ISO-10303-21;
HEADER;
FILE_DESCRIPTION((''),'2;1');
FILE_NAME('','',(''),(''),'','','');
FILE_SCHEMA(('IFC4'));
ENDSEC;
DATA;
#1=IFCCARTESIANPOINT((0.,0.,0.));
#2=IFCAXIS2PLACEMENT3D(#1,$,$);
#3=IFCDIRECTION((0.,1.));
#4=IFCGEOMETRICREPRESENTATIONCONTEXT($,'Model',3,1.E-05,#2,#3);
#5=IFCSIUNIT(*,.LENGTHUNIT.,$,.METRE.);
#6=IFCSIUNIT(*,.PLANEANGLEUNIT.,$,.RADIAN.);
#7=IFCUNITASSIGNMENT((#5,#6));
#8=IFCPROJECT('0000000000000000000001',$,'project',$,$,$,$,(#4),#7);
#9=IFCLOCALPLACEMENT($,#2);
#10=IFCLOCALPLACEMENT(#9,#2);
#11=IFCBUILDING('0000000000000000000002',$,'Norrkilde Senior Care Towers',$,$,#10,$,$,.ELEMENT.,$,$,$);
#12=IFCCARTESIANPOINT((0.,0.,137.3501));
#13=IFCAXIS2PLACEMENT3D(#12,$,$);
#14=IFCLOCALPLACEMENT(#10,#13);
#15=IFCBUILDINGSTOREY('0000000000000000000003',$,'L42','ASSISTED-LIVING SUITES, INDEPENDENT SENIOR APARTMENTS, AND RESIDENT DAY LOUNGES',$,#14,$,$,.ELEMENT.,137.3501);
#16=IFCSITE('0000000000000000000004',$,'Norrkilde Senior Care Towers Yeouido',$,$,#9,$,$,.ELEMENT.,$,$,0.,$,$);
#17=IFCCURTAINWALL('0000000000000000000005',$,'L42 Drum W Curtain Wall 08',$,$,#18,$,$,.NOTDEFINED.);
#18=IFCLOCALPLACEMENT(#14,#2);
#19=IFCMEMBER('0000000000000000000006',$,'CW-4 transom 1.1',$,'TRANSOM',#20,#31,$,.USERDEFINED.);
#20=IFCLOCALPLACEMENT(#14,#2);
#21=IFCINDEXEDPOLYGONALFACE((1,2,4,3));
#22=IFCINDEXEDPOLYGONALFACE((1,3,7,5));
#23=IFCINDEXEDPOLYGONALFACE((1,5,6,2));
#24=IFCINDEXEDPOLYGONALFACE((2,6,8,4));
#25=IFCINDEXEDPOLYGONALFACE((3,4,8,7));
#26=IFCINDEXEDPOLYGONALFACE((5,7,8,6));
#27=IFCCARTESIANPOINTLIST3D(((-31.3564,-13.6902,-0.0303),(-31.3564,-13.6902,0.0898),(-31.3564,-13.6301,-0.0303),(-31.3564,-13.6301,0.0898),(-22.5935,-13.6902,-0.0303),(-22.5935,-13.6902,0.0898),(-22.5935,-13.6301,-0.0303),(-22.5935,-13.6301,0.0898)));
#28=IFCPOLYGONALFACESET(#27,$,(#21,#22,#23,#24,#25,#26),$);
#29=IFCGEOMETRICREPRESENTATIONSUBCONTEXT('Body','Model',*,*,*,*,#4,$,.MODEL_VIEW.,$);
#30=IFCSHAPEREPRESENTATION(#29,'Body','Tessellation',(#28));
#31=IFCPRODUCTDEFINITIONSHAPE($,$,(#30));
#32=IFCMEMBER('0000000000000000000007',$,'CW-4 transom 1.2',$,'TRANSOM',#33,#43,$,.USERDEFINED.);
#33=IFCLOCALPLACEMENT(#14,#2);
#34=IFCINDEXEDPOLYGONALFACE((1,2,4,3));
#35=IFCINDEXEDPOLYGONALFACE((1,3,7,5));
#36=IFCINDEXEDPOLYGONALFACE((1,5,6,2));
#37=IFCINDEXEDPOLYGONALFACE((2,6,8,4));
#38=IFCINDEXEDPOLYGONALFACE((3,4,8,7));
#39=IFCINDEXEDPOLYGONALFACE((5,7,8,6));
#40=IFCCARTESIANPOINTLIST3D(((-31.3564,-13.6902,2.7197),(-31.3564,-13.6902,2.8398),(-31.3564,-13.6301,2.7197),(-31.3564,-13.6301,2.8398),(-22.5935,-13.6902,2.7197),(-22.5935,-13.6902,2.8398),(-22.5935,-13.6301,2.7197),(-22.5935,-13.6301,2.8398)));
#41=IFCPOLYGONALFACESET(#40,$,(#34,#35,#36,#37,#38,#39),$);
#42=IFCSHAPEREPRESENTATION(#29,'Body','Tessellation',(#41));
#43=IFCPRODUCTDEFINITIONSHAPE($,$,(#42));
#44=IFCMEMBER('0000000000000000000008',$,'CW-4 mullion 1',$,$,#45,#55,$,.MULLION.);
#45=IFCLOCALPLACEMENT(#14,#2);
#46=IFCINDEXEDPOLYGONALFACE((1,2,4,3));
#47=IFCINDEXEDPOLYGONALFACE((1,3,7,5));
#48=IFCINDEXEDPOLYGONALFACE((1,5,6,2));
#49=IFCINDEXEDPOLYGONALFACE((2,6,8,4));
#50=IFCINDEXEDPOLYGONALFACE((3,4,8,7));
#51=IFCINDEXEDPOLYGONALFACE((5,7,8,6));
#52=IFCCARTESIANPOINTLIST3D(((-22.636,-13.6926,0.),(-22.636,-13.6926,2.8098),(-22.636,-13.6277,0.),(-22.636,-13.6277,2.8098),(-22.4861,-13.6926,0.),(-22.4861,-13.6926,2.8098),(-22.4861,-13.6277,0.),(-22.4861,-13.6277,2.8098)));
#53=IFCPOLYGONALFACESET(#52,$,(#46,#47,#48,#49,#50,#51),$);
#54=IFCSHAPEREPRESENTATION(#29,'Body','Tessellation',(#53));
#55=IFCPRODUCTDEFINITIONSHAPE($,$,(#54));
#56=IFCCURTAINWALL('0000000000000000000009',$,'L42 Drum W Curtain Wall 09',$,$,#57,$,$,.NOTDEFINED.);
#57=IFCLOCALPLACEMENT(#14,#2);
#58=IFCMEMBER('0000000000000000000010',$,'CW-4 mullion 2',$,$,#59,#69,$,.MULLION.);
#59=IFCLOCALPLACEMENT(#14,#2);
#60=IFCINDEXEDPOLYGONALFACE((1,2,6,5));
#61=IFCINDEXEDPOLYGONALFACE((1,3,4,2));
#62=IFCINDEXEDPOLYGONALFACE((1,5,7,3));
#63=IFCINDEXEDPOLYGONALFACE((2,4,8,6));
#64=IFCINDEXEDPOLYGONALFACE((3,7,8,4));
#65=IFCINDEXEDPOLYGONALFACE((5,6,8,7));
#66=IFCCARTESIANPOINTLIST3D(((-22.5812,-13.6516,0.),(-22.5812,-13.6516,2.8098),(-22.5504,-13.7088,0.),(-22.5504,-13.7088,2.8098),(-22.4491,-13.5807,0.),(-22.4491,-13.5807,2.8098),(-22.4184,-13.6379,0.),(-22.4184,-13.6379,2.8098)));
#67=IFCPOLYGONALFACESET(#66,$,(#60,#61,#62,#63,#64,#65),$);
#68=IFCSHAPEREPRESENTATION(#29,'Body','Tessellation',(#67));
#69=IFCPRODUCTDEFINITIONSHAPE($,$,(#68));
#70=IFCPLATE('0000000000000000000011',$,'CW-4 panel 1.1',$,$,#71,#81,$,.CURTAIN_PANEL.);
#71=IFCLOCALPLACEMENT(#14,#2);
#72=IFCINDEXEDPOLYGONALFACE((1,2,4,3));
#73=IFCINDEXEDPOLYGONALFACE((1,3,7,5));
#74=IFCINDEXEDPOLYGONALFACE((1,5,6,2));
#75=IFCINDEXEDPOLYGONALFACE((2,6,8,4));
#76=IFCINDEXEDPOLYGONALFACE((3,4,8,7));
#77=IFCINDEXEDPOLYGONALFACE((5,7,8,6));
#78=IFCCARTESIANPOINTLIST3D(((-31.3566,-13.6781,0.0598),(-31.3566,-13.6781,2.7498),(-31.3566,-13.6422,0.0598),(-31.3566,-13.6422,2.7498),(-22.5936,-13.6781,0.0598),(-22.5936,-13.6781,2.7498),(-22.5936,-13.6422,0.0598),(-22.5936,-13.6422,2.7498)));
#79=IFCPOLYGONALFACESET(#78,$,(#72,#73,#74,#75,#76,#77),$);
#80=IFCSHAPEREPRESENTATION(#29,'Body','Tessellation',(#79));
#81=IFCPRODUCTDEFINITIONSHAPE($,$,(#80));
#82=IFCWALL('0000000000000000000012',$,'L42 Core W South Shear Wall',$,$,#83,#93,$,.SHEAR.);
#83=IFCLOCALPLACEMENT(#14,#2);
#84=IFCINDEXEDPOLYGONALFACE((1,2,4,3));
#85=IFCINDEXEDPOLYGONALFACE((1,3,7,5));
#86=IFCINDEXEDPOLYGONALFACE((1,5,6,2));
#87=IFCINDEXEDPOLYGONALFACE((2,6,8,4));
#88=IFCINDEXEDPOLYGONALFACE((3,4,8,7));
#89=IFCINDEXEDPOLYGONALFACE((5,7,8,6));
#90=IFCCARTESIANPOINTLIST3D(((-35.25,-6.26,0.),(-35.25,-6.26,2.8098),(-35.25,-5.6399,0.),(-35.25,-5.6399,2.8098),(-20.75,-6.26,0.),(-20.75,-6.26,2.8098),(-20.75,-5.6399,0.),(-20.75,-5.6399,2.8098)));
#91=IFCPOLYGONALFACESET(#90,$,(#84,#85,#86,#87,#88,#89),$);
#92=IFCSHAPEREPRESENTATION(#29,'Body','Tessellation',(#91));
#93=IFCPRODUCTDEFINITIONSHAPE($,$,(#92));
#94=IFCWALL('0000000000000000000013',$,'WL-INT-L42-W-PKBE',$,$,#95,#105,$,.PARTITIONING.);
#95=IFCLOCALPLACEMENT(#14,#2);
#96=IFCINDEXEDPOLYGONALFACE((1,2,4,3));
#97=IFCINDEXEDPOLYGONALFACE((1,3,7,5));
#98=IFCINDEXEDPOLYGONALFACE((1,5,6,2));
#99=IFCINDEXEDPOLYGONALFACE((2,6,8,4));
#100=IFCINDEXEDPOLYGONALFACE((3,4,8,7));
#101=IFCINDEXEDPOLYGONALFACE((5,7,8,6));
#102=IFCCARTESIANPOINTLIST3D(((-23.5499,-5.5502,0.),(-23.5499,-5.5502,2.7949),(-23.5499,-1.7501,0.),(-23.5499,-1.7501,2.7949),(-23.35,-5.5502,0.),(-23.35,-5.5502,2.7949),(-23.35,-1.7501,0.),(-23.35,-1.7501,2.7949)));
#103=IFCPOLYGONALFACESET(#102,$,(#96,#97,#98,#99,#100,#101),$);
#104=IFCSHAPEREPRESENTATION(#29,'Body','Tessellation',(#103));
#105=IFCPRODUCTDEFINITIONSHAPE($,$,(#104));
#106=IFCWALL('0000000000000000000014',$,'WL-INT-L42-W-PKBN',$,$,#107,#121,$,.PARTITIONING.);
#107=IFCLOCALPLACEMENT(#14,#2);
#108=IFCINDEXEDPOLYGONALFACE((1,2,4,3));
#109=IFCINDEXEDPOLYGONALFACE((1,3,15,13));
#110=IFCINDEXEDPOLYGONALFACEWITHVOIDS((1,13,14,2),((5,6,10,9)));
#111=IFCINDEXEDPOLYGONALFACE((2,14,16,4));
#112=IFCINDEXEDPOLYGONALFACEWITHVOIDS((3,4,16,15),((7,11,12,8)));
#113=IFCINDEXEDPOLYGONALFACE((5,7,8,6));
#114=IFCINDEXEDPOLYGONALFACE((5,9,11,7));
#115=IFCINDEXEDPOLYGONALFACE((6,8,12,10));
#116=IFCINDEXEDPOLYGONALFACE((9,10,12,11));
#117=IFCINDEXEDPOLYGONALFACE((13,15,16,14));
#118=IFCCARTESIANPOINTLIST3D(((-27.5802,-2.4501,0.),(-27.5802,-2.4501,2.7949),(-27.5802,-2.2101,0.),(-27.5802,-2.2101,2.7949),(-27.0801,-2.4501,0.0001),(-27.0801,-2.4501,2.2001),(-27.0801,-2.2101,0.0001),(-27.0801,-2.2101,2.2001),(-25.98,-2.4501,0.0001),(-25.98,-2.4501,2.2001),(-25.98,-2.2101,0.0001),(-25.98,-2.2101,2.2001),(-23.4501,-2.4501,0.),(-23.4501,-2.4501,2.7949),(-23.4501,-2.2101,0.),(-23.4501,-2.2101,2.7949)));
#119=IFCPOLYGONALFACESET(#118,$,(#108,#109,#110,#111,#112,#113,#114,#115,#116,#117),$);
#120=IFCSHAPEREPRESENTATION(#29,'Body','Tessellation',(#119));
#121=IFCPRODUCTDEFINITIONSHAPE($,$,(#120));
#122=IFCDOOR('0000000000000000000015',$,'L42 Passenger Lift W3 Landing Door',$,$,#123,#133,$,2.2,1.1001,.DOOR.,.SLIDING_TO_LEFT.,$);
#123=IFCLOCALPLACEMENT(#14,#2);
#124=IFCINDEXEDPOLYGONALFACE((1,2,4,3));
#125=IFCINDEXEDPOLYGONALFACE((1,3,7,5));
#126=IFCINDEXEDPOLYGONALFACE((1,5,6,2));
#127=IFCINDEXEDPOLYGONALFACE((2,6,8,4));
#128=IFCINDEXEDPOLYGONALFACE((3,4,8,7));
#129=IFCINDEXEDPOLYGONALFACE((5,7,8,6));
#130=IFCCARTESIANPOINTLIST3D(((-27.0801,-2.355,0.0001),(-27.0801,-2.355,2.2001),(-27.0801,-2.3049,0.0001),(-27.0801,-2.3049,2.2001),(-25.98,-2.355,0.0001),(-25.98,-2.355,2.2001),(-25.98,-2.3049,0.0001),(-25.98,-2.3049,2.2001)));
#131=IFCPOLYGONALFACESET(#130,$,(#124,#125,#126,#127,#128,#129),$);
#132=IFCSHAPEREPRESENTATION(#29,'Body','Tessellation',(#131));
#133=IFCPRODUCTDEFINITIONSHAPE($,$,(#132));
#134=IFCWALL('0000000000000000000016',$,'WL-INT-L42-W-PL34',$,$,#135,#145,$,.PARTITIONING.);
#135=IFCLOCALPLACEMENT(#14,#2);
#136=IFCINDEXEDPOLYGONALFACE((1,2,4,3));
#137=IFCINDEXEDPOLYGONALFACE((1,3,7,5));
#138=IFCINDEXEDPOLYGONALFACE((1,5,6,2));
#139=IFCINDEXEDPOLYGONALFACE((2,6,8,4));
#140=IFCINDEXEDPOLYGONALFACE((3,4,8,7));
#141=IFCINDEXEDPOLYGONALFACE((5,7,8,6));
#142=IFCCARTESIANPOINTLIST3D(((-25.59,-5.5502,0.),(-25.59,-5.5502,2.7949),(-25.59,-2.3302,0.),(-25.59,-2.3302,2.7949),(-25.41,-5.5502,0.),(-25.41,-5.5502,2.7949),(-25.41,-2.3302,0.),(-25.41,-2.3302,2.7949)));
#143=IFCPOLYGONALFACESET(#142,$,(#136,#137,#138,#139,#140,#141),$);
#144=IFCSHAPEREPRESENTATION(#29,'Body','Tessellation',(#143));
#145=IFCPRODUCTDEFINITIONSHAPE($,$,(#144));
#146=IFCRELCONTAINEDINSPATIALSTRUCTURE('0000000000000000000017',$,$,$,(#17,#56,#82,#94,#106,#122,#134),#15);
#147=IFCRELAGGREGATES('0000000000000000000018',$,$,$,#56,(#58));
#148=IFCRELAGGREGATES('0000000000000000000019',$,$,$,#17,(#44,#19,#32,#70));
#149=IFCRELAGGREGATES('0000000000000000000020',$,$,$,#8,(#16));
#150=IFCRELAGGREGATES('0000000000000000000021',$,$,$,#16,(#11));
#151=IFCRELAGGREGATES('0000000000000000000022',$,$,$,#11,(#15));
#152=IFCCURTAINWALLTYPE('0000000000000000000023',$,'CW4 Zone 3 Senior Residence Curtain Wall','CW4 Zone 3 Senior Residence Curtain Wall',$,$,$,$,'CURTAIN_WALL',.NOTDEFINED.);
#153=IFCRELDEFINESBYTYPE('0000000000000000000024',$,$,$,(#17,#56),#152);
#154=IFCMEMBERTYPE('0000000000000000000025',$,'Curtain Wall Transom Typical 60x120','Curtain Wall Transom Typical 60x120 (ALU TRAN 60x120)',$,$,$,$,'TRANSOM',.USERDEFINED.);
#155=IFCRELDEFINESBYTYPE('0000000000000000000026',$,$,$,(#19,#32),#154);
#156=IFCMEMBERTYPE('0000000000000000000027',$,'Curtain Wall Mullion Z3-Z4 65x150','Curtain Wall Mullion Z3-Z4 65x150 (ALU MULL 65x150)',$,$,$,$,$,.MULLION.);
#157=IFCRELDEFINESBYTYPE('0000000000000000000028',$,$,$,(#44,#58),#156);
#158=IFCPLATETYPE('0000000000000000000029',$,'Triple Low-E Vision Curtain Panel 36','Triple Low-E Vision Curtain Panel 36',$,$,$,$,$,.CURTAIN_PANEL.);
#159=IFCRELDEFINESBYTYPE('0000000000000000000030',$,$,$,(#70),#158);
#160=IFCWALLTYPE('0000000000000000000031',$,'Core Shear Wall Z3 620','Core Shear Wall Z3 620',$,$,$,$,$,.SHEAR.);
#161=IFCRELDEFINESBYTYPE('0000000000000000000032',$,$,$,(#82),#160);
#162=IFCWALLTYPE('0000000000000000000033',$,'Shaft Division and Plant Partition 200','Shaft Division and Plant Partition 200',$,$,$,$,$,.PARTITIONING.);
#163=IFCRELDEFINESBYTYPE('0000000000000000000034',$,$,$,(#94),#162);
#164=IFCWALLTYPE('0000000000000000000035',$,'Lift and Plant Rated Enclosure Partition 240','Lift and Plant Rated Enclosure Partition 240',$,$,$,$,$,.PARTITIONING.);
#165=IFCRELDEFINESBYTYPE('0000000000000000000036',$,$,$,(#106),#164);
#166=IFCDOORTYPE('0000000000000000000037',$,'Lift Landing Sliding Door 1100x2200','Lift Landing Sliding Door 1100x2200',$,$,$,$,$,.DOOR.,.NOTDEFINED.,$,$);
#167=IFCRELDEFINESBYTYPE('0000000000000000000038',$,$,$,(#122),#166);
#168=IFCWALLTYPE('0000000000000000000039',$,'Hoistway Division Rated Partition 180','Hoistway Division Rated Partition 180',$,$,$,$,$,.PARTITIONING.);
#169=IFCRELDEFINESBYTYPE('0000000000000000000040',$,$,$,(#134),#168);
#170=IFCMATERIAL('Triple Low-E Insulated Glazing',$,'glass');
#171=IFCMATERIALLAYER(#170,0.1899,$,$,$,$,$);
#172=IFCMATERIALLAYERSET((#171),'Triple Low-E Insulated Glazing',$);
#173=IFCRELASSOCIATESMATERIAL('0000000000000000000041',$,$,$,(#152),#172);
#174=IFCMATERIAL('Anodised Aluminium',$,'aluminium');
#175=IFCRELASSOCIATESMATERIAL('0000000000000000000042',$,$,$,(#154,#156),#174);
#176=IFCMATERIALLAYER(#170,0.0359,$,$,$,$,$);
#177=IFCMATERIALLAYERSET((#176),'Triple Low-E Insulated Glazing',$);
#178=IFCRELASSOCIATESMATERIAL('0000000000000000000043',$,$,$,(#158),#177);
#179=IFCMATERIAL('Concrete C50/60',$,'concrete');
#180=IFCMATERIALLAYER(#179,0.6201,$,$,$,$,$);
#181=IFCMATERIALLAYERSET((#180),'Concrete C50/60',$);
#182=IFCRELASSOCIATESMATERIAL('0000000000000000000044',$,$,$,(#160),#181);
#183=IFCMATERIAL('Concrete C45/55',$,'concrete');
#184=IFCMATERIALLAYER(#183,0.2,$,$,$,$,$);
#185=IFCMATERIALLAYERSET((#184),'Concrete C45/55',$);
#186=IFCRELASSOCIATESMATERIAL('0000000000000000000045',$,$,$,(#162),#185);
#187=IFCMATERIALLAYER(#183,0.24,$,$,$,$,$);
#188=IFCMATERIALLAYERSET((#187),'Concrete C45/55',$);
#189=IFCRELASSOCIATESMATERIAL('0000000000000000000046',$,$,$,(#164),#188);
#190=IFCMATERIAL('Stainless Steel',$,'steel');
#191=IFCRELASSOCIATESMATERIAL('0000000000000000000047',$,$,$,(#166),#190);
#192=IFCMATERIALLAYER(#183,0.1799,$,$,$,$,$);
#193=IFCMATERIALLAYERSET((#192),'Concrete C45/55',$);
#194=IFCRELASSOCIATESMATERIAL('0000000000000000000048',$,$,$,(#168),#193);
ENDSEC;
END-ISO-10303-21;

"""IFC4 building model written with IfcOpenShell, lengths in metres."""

from ifc_helpers import new_model, si_unit, direction, frame, frame_2d, origin, origin_2d, place, context, subcontext, project, spatial, rectangle, extrude, source, transform, mapped, material, layer, layer_set, material_profile, profile_set, type_object, type_shapes, element, fill, aggregate, save


model = new_model("IFC4")

# Units and contexts
model_context = context("Model", 3, precision=1e-05, world=origin(), true_north=direction((0.0, 1.0)))
body_context = subcontext(model_context, "Body", "Model", "MODEL_VIEW")
ifc_project = project(units=[si_unit("LENGTHUNIT", "METRE"), si_unit("PLANEANGLEUNIT", "RADIAN")], contexts=[model_context])

# Site, building, storey
site_placement = place(None, origin())
site = spatial("IfcSite", under=ifc_project, at=site_placement, Name="Norrkilde Senior Care Towers Yeouido", CompositionType="ELEMENT", RefElevation=0.0)
building_placement = place(site_placement, origin())
building = spatial("IfcBuilding", under=site, at=building_placement, Name="Norrkilde Senior Care Towers", CompositionType="ELEMENT")
storey_placement = place(building_placement, frame((0.0, 0.0, 137.3501)))
storey = spatial("IfcBuildingStorey", under=building, at=storey_placement, Name="L42", Description="ASSISTED-LIVING SUITES, INDEPENDENT SENIOR APARTMENTS, AND RESIDENT DAY LOUNGES", CompositionType="ELEMENT", Elevation=137.3501)

# Shared definitions
ifc_material_1 = material(Name="Concrete C50/60", Category="concrete")

# Curtain wall, members
ifc_material_2 = material(Name="Triple Low-E Insulated Glazing", Category="glass")
ifc_layer_1 = layer(ifc_material_2, 0.1899)
ifc_layer_set_1 = layer_set([ifc_layer_1], Name="Triple Low-E Insulated Glazing")
curtain_wall_type = type_object("IfcCurtainWallType", Name="CW4 Zone 3 Senior Residence Curtain Wall", Description="CW4 Zone 3 Senior Residence Curtain Wall", ElementType="CURTAIN_WALL", PredefinedType="NOTDEFINED", material=ifc_layer_set_1)
curtain_wall_1_placement = place(storey_placement, origin())
curtain_wall_1 = element("IfcCurtainWall", 1, at=curtain_wall_1_placement, inside=storey, type_object=curtain_wall_type, Name="L42 Drum W Curtain Wall 08", PredefinedType="NOTDEFINED")
ifc_material_3 = material(Name="Anodised Aluminium", Category="aluminium")
ifc_material_profile_1 = material_profile(ifc_material_3, rectangle(XDim=0.0601, YDim=0.1201, at=origin_2d()), Name="ALU TRAN 60x120")
ifc_profile_set_1 = profile_set([ifc_material_profile_1], Name="Anodised Aluminium")
member_type_1 = type_object("IfcMemberType", Name="Curtain Wall Transom Typical 60x120", Description="Curtain Wall Transom Typical 60x120 (ALU TRAN 60x120)", ElementType="TRANSOM", PredefinedType="USERDEFINED", material=ifc_profile_set_1)
shared_shape_1 = source(origin(), body_context, "Body", "SweptSolid", [
    extrude(rectangle(XDim=0.0601, YDim=0.1201, at=origin_2d()), origin(), (0.0, 0.0, 1.0), 8.7629),
])
type_shapes(member_type_1, [shared_shape_1])
member_1_placement = place(storey_placement, frame((-22.5935, -13.6602, 0.0298), z_axis=(-1.0, 0.0, 0.0), x_axis=(0.0, -1.0, 0.0)))
member_1 = element("IfcMember", 2, at=member_1_placement, type_object=member_type_1, Name="CW-4 transom 1.1", ObjectType="TRANSOM", PredefinedType="USERDEFINED", context=body_context, shape_type="MappedRepresentation", body=[
    mapped(shared_shape_1, transform((0.0, 0.0, 0.0), x_axis=(1.0, 0.0, 0.0), y_axis=(0.0, 1.0, 0.0), z_axis=(0.0, 0.0, 1.0), scale=1.0)),
])
member_2_placement = place(storey_placement, frame((-22.5935, -13.6602, 2.7798), z_axis=(-1.0, 0.0, 0.0), x_axis=(0.0, -1.0, 0.0)))
member_2 = element("IfcMember", 3, at=member_2_placement, type_object=member_type_1, Name="CW-4 transom 1.2", ObjectType="TRANSOM", PredefinedType="USERDEFINED", context=body_context, shape_type="MappedRepresentation", body=[
    mapped(shared_shape_1, transform((0.0, 0.0, 0.0), x_axis=(1.0, 0.0, 0.0), y_axis=(0.0, 1.0, 0.0), z_axis=(0.0, 0.0, 1.0), scale=1.0)),
])
ifc_material_profile_2 = material_profile(ifc_material_3, rectangle(XDim=0.0649, YDim=0.1499, at=origin_2d()), Name="ALU MULL 65x150")
ifc_profile_set_2 = profile_set([ifc_material_profile_2], Name="Anodised Aluminium")
member_type_2 = type_object("IfcMemberType", Name="Curtain Wall Mullion Z3-Z4 65x150", Description="Curtain Wall Mullion Z3-Z4 65x150 (ALU MULL 65x150)", PredefinedType="MULLION", material=ifc_profile_set_2)
shared_shape_2 = source(origin(), body_context, "Body", "SweptSolid", [
    extrude(rectangle(XDim=0.0649, YDim=0.1499, at=origin_2d()), origin(), (0.0, 0.0, 1.0), 2.8098),
])
type_shapes(member_type_2, [shared_shape_2])
member_3_placement = place(storey_placement, frame((-22.561, -13.6602, 0.0), z_axis=(0.0, 0.0, 1.0), x_axis=(0.0, -1.0, 0.0)))
member_3 = element("IfcMember", 4, at=member_3_placement, type_object=member_type_2, Name="CW-4 mullion 1", PredefinedType="MULLION", context=body_context, shape_type="MappedRepresentation", body=[
    mapped(shared_shape_2, transform((0.0, 0.0, 0.0), x_axis=(1.0, 0.0, 0.0), y_axis=(0.0, 1.0, 0.0), z_axis=(0.0, 0.0, 1.0), scale=1.0)),
])

# Curtain wall, member
curtain_wall_2_placement = place(storey_placement, origin())
curtain_wall_2 = element("IfcCurtainWall", 5, at=curtain_wall_2_placement, inside=storey, type_object=curtain_wall_type, Name="L42 Drum W Curtain Wall 09", PredefinedType="NOTDEFINED")
member_4_placement = place(storey_placement, frame((-22.4998, -13.6448, 0.0), z_axis=(0.0, 0.0, 1.0), x_axis=(0.473117, -0.881, 0.0)))
member_4 = element("IfcMember", 6, at=member_4_placement, type_object=member_type_2, Name="CW-4 mullion 2", PredefinedType="MULLION", context=body_context, shape_type="MappedRepresentation", body=[
    mapped(shared_shape_2, transform((0.0, 0.0, 0.0), x_axis=(1.0, 0.0, 0.0), y_axis=(0.0, 1.0, 0.0), z_axis=(0.0, 0.0, 1.0), scale=1.0)),
])
aggregate(curtain_wall_2, [member_4])

# Plate
ifc_layer_2 = layer(ifc_material_2, 0.0359)
ifc_layer_set_2 = layer_set([ifc_layer_2], Name="Triple Low-E Insulated Glazing")
plate_type = type_object("IfcPlateType", Name="Triple Low-E Vision Curtain Panel 36", Description="Triple Low-E Vision Curtain Panel 36", PredefinedType="CURTAIN_PANEL", material=ifc_layer_set_2)
shared_shape_3 = source(origin(), body_context, "Body", "SweptSolid", [
    extrude(rectangle(XDim=8.7629, YDim=0.0359, at=origin_2d()), origin(), (0.0, 0.0, 1.0), 2.6899),
])
type_shapes(plate_type, [shared_shape_3])
plate_placement = place(storey_placement, frame((-26.9751, -13.6602, 0.0598), z_axis=(0.0, 0.0, 1.0), x_axis=(-1.0, 0.0, 0.0)))
plate = element("IfcPlate", 7, at=plate_placement, type_object=plate_type, Name="CW-4 panel 1.1", PredefinedType="CURTAIN_PANEL", context=body_context, shape_type="MappedRepresentation", body=[
    mapped(shared_shape_3, transform((0.0, 0.0, 0.0), x_axis=(1.0, 0.0, 0.0), y_axis=(0.0, 1.0, 0.0), z_axis=(0.0, 0.0, 1.0), scale=1.0)),
])
aggregate(curtain_wall_1, [member_3, member_1, member_2, plate])

# Wall
ifc_layer_3 = layer(ifc_material_1, 0.6201)
ifc_layer_set_3 = layer_set([ifc_layer_3], Name="Concrete C50/60")
wall_type_1 = type_object("IfcWallType", Name="Core Shear Wall Z3 620", Description="Core Shear Wall Z3 620", PredefinedType="SHEAR", material=ifc_layer_set_3)
shared_shape_4 = source(origin(), body_context, "Body", "SweptSolid", [
    extrude(rectangle(XDim=14.5, YDim=0.6201, at=frame_2d((7.25, 0.0))), origin(), (0.0, 0.0, 1.0), 2.8098),
])
type_shapes(wall_type_1, [shared_shape_4])
wall_1_placement = place(storey_placement, frame((-20.75, -5.95, 0.0), z_axis=(0.0, 0.0, 1.0), x_axis=(-1.0, 0.0, 0.0)))
element("IfcWall", 8, at=wall_1_placement, inside=storey, type_object=wall_type_1, Name="L42 Core W South Shear Wall", PredefinedType="SHEAR", context=body_context, shape_type="MappedRepresentation", body=[
    mapped(shared_shape_4, transform((0.0, 0.0, 0.0), x_axis=(1.0, 0.0, 0.0), y_axis=(0.0, 1.0, 0.0), z_axis=(0.0, 0.0, 1.0), scale=1.0)),
])

# Shared definitions
ifc_material_4 = material(Name="Concrete C45/55", Category="concrete")

# Wall
ifc_layer_4 = layer(ifc_material_4, 0.2)
ifc_layer_set_4 = layer_set([ifc_layer_4], Name="Concrete C45/55")
wall_type_2 = type_object("IfcWallType", Name="Shaft Division and Plant Partition 200", Description="Shaft Division and Plant Partition 200", PredefinedType="PARTITIONING", material=ifc_layer_set_4)
shared_shape_5 = source(origin(), body_context, "Body", "SweptSolid", [
    extrude(rectangle(XDim=3.8, YDim=0.2, at=frame_2d((1.8999, 0.0))), origin(), (0.0, 0.0, 1.0), 2.7949),
])
type_shapes(wall_type_2, [shared_shape_5])
wall_2_placement = place(storey_placement, frame((-23.45, -5.55, 0.0), z_axis=(0.0, 0.0, 1.0), x_axis=(0.0, 1.0, 0.0)))
element("IfcWall", 9, at=wall_2_placement, inside=storey, type_object=wall_type_2, Name="WL-INT-L42-W-PKBE", PredefinedType="PARTITIONING", context=body_context, shape_type="MappedRepresentation", body=[
    mapped(shared_shape_5, transform((0.0, 0.0, 0.0), x_axis=(1.0, 0.0, 0.0), y_axis=(0.0, 1.0, 0.0), z_axis=(0.0, 0.0, 1.0), scale=1.0)),
])

# Wall, opening, door
ifc_layer_5 = layer(ifc_material_4, 0.24)
ifc_layer_set_5 = layer_set([ifc_layer_5], Name="Concrete C45/55")
wall_type_3 = type_object("IfcWallType", Name="Lift and Plant Rated Enclosure Partition 240", Description="Lift and Plant Rated Enclosure Partition 240", PredefinedType="PARTITIONING", material=ifc_layer_set_5)
shared_shape_6 = source(origin(), body_context, "Body", "SweptSolid", [
    extrude(rectangle(XDim=4.1301, YDim=0.24, at=frame_2d((2.0649, 0.0))), origin(), (0.0, 0.0, 1.0), 2.7949),
])
type_shapes(wall_type_3, [shared_shape_6])
wall_3_placement = place(storey_placement, frame((-27.5801, -2.3301, 0.0), z_axis=(0.0, 0.0, 1.0), x_axis=(1.0, 0.0, 0.0)))
wall_3 = element("IfcWall", 10, at=wall_3_placement, inside=storey, type_object=wall_type_3, Name="WL-INT-L42-W-PKBN", PredefinedType="PARTITIONING", context=body_context, shape_type="MappedRepresentation", body=[
    mapped(shared_shape_6, transform((0.0, 0.0, 0.0), x_axis=(1.0, 0.0, 0.0), y_axis=(0.0, 1.0, 0.0), z_axis=(0.0, 0.0, 1.0), scale=1.0)),
])
opening_1_placement = place(wall_3_placement, frame((0.5, 0.0, 0.0)))
opening_1 = element("IfcOpeningElement", 11, at=opening_1_placement, cuts=wall_3, PredefinedType="OPENING", context=body_context, shape_type="SweptSolid", body=[
    extrude(rectangle(XDim=1.1001, YDim=2.2, at=frame_2d((0.55, 1.1001))), frame((0.0, 0.1299, 0.0), z_axis=(0.0, -1.0, 0.0), x_axis=(1.0, 0.0, 0.0)), (0.0, 0.0, 1.0), 0.26),
])
ifc_material_5 = material(Name="Stainless Steel", Category="steel")
door_type_1 = type_object("IfcDoorType", Name="Lift Landing Sliding Door 1100x2200", Description="Lift Landing Sliding Door 1100x2200", OperationType="NOTDEFINED", PredefinedType="DOOR", material=ifc_material_5)
shared_shape_7 = source(origin(), body_context, "Body", "SweptSolid", [
    extrude(rectangle(XDim=1.1001, YDim=2.2, at=frame_2d((0.55, 1.1001))), frame((0.0, 0.0249, 0.0), z_axis=(0.0, -1.0, 0.0), x_axis=(1.0, 0.0, 0.0)), (0.0, 0.0, 1.0), 0.05),
])
type_shapes(door_type_1, [shared_shape_7])
door_1_placement = place(opening_1_placement, frame((1.1001, 0.0, 0.0), z_axis=(0.0, 0.0, 1.0), x_axis=(-1.0, 0.0, 0.0)))
door_1 = element("IfcDoor", 12, at=door_1_placement, inside=storey, type_object=door_type_1, Name="L42 Passenger Lift W3 Landing Door", OperationType="SLIDING_TO_LEFT", OverallHeight=2.2, OverallWidth=1.1001, PredefinedType="DOOR", context=body_context, shape_type="MappedRepresentation", body=[
    mapped(shared_shape_7, transform((0.0, 0.0, 0.0), x_axis=(1.0, 0.0, 0.0), y_axis=(0.0, 1.0, 0.0), z_axis=(0.0, 0.0, 1.0), scale=1.0)),
])
fill(opening_1, door_1)

# Wall
ifc_layer_6 = layer(ifc_material_4, 0.1799)
ifc_layer_set_6 = layer_set([ifc_layer_6], Name="Concrete C45/55")
wall_type_4 = type_object("IfcWallType", Name="Hoistway Division Rated Partition 180", Description="Hoistway Division Rated Partition 180", PredefinedType="PARTITIONING", material=ifc_layer_set_6)
shared_shape_8 = source(origin(), body_context, "Body", "SweptSolid", [
    extrude(rectangle(XDim=3.22, YDim=0.1799, at=frame_2d((1.6099, 0.0))), origin(), (0.0, 0.0, 1.0), 2.7949),
])
type_shapes(wall_type_4, [shared_shape_8])
wall_4_placement = place(storey_placement, frame((-25.5, -5.55, 0.0), z_axis=(0.0, 0.0, 1.0), x_axis=(0.0, 1.0, 0.0)))
element("IfcWall", 13, at=wall_4_placement, inside=storey, type_object=wall_type_4, Name="WL-INT-L42-W-PL34", PredefinedType="PARTITIONING", context=body_context, shape_type="MappedRepresentation", body=[
    mapped(shared_shape_8, transform((0.0, 0.0, 0.0), x_axis=(1.0, 0.0, 0.0), y_axis=(0.0, 1.0, 0.0), z_axis=(0.0, 0.0, 1.0), scale=1.0)),
])

save(model, "model.ifc")
